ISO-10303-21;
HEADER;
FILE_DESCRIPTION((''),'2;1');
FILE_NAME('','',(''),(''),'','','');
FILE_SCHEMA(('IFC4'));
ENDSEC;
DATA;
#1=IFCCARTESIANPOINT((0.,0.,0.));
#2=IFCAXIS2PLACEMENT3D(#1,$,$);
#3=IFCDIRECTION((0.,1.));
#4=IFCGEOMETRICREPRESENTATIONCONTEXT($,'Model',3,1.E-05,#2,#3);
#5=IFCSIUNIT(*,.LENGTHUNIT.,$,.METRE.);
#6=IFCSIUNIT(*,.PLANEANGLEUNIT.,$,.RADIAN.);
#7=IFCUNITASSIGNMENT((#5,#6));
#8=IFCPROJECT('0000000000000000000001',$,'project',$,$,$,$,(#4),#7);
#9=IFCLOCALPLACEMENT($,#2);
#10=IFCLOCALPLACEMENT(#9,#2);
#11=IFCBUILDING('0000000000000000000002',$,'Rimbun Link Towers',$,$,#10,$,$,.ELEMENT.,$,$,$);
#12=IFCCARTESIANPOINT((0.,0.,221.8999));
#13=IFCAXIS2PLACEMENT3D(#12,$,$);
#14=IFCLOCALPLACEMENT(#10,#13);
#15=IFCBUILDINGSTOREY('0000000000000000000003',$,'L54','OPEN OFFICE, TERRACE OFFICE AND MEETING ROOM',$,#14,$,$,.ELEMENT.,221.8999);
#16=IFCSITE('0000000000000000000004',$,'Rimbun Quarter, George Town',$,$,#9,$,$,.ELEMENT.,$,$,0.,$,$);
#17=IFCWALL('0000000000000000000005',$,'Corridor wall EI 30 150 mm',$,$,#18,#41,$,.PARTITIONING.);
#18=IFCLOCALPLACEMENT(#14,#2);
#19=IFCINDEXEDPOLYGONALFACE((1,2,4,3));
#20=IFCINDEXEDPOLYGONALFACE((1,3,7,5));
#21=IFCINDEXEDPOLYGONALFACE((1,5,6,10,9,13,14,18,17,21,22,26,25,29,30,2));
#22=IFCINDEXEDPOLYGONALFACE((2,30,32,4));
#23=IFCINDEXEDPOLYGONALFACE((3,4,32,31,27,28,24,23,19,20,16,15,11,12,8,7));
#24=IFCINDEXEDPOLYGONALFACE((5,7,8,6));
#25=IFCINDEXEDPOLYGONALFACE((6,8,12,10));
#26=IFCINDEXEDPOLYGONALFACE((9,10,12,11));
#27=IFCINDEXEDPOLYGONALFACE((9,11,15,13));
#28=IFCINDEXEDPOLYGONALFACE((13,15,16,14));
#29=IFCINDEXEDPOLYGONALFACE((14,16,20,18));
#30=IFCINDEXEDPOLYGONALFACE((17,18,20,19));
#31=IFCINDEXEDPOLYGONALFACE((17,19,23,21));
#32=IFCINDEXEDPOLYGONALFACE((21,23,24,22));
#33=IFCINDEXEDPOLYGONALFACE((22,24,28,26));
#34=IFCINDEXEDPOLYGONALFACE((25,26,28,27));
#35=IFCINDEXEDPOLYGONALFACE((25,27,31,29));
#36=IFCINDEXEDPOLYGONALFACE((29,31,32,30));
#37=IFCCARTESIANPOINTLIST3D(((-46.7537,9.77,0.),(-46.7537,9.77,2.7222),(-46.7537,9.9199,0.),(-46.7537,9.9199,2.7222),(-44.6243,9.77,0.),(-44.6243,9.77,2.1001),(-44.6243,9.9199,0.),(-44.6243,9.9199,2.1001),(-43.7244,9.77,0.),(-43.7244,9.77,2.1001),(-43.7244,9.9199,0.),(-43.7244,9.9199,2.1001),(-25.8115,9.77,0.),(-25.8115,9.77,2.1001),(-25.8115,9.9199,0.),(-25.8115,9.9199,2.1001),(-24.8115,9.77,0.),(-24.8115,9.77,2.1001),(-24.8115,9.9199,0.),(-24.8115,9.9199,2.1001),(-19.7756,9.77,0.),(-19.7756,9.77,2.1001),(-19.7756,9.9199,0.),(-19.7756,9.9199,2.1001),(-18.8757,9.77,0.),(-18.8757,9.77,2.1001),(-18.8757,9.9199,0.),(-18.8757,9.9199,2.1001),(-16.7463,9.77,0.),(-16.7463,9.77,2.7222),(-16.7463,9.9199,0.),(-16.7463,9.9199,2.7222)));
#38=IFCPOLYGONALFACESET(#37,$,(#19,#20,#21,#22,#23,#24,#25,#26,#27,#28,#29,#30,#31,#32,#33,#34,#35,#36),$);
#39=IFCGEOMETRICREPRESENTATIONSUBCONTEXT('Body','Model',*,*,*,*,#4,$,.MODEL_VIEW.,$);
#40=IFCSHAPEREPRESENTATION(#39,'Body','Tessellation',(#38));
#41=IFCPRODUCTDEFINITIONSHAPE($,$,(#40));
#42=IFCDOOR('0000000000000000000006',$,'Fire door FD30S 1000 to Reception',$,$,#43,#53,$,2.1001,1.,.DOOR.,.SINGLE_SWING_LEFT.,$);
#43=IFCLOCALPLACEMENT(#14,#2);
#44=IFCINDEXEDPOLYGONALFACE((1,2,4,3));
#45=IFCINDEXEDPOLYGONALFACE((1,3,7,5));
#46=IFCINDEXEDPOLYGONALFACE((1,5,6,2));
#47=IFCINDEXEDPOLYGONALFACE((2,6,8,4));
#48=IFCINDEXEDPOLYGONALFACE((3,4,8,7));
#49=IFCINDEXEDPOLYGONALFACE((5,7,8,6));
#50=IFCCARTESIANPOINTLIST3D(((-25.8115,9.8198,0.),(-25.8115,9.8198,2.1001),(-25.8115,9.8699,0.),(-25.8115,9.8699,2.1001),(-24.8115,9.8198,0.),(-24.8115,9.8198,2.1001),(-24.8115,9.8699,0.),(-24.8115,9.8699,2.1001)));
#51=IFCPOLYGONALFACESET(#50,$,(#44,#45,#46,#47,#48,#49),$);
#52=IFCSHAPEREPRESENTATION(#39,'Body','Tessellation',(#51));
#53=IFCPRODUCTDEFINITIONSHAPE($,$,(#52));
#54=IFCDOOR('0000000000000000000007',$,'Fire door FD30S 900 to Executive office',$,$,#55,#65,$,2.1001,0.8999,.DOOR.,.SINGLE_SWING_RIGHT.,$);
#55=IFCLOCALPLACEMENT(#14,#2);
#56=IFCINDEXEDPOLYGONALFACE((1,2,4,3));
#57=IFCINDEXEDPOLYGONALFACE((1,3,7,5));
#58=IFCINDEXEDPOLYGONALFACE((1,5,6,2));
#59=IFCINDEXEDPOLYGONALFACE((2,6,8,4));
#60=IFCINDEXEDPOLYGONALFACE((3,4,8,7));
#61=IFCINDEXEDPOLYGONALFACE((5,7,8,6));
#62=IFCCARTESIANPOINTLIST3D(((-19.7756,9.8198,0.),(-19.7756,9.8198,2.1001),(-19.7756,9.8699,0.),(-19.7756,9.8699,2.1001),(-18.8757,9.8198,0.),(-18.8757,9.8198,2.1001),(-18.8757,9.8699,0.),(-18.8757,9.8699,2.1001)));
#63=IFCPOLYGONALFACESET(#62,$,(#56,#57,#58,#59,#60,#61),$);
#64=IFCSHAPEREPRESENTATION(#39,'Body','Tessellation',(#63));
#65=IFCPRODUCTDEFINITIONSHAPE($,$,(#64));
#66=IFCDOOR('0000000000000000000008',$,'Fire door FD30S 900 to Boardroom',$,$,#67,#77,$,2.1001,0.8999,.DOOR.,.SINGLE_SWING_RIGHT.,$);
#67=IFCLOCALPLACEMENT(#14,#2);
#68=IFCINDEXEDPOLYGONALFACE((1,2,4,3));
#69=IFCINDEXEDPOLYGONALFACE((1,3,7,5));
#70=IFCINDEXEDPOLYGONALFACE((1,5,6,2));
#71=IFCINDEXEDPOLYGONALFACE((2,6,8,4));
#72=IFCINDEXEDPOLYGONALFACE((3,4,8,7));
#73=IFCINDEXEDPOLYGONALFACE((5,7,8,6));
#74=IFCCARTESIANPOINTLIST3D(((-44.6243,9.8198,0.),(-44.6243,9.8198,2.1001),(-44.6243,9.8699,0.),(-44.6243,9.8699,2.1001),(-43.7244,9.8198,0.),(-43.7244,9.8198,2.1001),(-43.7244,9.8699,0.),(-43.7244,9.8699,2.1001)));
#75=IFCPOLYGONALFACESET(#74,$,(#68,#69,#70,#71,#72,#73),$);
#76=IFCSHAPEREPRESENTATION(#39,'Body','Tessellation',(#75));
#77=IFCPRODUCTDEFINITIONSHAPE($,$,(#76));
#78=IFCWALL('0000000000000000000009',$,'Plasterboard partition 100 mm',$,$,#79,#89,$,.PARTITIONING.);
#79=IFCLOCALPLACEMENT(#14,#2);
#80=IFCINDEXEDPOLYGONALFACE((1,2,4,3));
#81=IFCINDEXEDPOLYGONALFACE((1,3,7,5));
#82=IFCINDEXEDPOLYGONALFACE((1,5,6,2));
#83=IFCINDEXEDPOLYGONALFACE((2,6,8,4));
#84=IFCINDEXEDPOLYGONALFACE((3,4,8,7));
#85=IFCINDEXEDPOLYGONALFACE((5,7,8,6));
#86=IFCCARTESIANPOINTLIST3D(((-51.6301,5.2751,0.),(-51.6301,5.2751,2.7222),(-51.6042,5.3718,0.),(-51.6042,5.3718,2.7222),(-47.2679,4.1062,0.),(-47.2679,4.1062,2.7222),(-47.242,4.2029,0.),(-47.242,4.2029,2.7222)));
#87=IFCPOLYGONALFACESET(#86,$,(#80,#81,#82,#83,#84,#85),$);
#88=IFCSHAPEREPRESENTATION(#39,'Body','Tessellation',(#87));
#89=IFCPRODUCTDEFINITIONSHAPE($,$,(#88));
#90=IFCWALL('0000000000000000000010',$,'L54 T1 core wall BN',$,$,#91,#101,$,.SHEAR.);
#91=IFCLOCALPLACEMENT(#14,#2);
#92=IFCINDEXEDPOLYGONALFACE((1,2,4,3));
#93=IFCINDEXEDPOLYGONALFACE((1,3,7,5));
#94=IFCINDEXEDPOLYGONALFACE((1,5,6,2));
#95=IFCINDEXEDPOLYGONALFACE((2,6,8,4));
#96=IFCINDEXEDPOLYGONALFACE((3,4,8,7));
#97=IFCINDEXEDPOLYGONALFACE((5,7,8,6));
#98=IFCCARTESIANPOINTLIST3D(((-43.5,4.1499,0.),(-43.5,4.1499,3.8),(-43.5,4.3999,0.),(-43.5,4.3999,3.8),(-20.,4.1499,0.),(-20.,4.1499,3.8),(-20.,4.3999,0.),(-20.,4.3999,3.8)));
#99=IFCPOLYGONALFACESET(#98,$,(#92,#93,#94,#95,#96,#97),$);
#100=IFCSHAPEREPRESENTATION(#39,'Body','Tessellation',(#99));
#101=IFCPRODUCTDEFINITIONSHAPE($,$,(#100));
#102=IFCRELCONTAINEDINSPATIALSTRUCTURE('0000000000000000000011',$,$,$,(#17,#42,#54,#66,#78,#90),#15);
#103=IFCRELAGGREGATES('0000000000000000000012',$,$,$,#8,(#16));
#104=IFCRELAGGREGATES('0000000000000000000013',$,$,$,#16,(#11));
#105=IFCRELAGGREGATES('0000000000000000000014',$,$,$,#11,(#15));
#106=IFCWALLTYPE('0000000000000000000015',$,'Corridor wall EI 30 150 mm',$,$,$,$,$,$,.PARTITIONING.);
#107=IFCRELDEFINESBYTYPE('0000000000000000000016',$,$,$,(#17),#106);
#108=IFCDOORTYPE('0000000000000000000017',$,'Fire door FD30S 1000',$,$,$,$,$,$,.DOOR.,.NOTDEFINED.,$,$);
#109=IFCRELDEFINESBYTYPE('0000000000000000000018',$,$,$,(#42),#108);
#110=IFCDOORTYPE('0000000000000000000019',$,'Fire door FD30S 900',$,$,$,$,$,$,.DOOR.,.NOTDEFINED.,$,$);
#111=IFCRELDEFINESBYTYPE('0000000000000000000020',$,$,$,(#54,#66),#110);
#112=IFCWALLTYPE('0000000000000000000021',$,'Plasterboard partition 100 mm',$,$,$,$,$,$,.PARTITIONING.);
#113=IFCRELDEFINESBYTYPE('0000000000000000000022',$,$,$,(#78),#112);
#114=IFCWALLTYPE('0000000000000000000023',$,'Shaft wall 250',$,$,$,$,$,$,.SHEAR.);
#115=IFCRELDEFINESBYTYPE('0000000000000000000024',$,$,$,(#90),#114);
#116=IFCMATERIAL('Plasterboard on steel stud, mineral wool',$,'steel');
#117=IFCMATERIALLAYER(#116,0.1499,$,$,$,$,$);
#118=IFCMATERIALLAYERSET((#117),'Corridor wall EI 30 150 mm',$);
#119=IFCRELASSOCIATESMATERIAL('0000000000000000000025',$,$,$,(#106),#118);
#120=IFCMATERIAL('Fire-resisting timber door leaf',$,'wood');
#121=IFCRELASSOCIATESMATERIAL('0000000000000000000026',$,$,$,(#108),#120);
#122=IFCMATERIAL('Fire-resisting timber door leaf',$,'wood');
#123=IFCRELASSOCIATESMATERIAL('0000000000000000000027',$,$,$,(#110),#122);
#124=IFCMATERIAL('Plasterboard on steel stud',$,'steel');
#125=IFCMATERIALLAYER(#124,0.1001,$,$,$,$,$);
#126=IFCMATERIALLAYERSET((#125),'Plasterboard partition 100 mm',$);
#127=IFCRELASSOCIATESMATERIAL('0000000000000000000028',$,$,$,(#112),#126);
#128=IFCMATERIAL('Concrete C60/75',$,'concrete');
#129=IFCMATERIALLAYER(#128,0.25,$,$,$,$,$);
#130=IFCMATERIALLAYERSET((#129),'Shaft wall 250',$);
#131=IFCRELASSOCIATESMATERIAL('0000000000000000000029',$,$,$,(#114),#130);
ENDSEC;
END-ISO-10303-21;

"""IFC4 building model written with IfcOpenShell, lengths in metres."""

from ifc_helpers import new_model, si_unit, direction, frame, frame_2d, origin, place, context, subcontext, project, spatial, rectangle, extrude, material, layer, layer_set, type_object, element, fill, save


model = new_model("IFC4")

# Units and contexts
model_context = context("Model", 3, precision=1e-05, world=origin(), true_north=direction((0.0, 1.0)))
body_context = subcontext(model_context, "Body", "Model", "MODEL_VIEW")
ifc_project = project(units=[si_unit("LENGTHUNIT", "METRE"), si_unit("PLANEANGLEUNIT", "RADIAN")], contexts=[model_context])

# Site, building, storey
site_placement = place(None, origin())
site = spatial("IfcSite", under=ifc_project, at=site_placement, Name="Rimbun Quarter, George Town", CompositionType="ELEMENT", RefElevation=0.0)
building_placement = place(site_placement, origin())
building = spatial("IfcBuilding", under=site, at=building_placement, Name="Rimbun Link Towers", CompositionType="ELEMENT")
storey_placement = place(building_placement, frame((0.0, 0.0, 221.8999)))
storey = spatial("IfcBuildingStorey", under=building, at=storey_placement, Name="L54", Description="OPEN OFFICE, TERRACE OFFICE AND MEETING ROOM", CompositionType="ELEMENT", Elevation=221.8999)

# Wall, openings, doors
ifc_material_1 = material(Name="Plasterboard on steel stud, mineral wool", Category="steel")
ifc_layer_1 = layer(ifc_material_1, 0.1499)
ifc_layer_set_1 = layer_set([ifc_layer_1], Name="Corridor wall EI 30 150 mm")
wall_type_1 = type_object("IfcWallType", Name="Corridor wall EI 30 150 mm", PredefinedType="PARTITIONING", material=ifc_layer_set_1)
wall_1_placement = place(storey_placement, frame((-46.7537, 9.845, 0.0), z_axis=(0.0, 0.0, 1.0), x_axis=(1.0, 0.0, 0.0)))
wall_1 = element("IfcWall", 1, at=wall_1_placement, inside=storey, type_object=wall_type_1, Name="Corridor wall EI 30 150 mm", PredefinedType="PARTITIONING", context=body_context, shape_type="SweptSolid", body=[
    extrude(rectangle(XDim=30.0073, YDim=0.1499, at=frame_2d((15.0037, 0.0))), origin(), (0.0, 0.0, 1.0), 2.7222),
])
opening_1_placement = place(wall_1_placement, frame((26.978, 0.0, 0.0)))
opening_1 = element("IfcOpeningElement", 2, at=opening_1_placement, cuts=wall_1, PredefinedType="OPENING", context=body_context, shape_type="SweptSolid", body=[
    extrude(rectangle(XDim=0.8999, YDim=2.1001, at=frame_2d((0.45, 1.05))), frame((0.0, 0.085, 0.0), z_axis=(0.0, -1.0, 0.0), x_axis=(1.0, 0.0, 0.0)), (0.0, 0.0, 1.0), 0.1699),
])
opening_2_placement = place(wall_1_placement, frame((20.9421, 0.0, 0.0)))
opening_2 = element("IfcOpeningElement", 3, at=opening_2_placement, cuts=wall_1, PredefinedType="OPENING", context=body_context, shape_type="SweptSolid", body=[
    extrude(rectangle(XDim=1.0, YDim=2.1001, at=frame_2d((0.5, 1.05))), frame((0.0, 0.085, 0.0), z_axis=(0.0, -1.0, 0.0), x_axis=(1.0, 0.0, 0.0)), (0.0, 0.0, 1.0), 0.1699),
])
opening_3_placement = place(wall_1_placement, frame((2.1294, 0.0, 0.0)))
opening_3 = element("IfcOpeningElement", 4, at=opening_3_placement, cuts=wall_1, PredefinedType="OPENING", context=body_context, shape_type="SweptSolid", body=[
    extrude(rectangle(XDim=0.8999, YDim=2.1001, at=frame_2d((0.45, 1.05))), frame((0.0, 0.085, 0.0), z_axis=(0.0, -1.0, 0.0), x_axis=(1.0, 0.0, 0.0)), (0.0, 0.0, 1.0), 0.1699),
])
ifc_material_2 = material(Name="Fire-resisting timber door leaf", Category="wood")
door_type_1 = type_object("IfcDoorType", Name="Fire door FD30S 1000", OperationType="NOTDEFINED", PredefinedType="DOOR", material=ifc_material_2)
door_1_placement = place(opening_2_placement, origin())
door_1 = element("IfcDoor", 5, at=door_1_placement, inside=storey, type_object=door_type_1, Name="Fire door FD30S 1000 to Reception", OperationType="SINGLE_SWING_LEFT", OverallHeight=2.1001, OverallWidth=1.0, PredefinedType="DOOR", context=body_context, shape_type="SweptSolid", body=[
    extrude(rectangle(XDim=1.0, YDim=2.1001, at=frame_2d((0.5, 1.05))), frame((0.0, 0.0249, 0.0), z_axis=(0.0, -1.0, 0.0), x_axis=(1.0, 0.0, 0.0)), (0.0, 0.0, 1.0), 0.05),
])
fill(opening_2, door_1)
ifc_material_3 = material(Name="Fire-resisting timber door leaf", Category="wood")
door_type_2 = type_object("IfcDoorType", Name="Fire door FD30S 900", OperationType="NOTDEFINED", PredefinedType="DOOR", material=ifc_material_3)
door_2_placement = place(opening_1_placement, origin())
door_2 = element("IfcDoor", 6, at=door_2_placement, inside=storey, type_object=door_type_2, Name="Fire door FD30S 900 to Executive office", OperationType="SINGLE_SWING_RIGHT", OverallHeight=2.1001, OverallWidth=0.8999, PredefinedType="DOOR", context=body_context, shape_type="SweptSolid", body=[
    extrude(rectangle(XDim=0.8999, YDim=2.1001, at=frame_2d((0.45, 1.05))), frame((0.0, 0.0249, 0.0), z_axis=(0.0, -1.0, 0.0), x_axis=(1.0, 0.0, 0.0)), (0.0, 0.0, 1.0), 0.05),
])
fill(opening_1, door_2)
door_3_placement = place(opening_3_placement, origin())
door_3 = element("IfcDoor", 7, at=door_3_placement, inside=storey, type_object=door_type_2, Name="Fire door FD30S 900 to Boardroom", OperationType="SINGLE_SWING_RIGHT", OverallHeight=2.1001, OverallWidth=0.8999, PredefinedType="DOOR", context=body_context, shape_type="SweptSolid", body=[
    extrude(rectangle(XDim=0.8999, YDim=2.1001, at=frame_2d((0.45, 1.05))), frame((0.0, 0.0249, 0.0), z_axis=(0.0, -1.0, 0.0), x_axis=(1.0, 0.0, 0.0)), (0.0, 0.0, 1.0), 0.05),
])
fill(opening_3, door_3)

# Walls
ifc_material_4 = material(Name="Plasterboard on steel stud", Category="steel")
ifc_layer_2 = layer(ifc_material_4, 0.1001)
ifc_layer_set_2 = layer_set([ifc_layer_2], Name="Plasterboard partition 100 mm")
wall_type_2 = type_object("IfcWallType", Name="Plasterboard partition 100 mm", PredefinedType="PARTITIONING", material=ifc_layer_set_2)
wall_2_placement = place(storey_placement, frame((-51.6172, 5.3235, 0.0), z_axis=(0.0, 0.0, 1.0), x_axis=(0.965922, -0.258833, 0.0)))
element("IfcWall", 8, at=wall_2_placement, inside=storey, type_object=wall_type_2, Name="Plasterboard partition 100 mm", PredefinedType="PARTITIONING", context=body_context, shape_type="SweptSolid", body=[
    extrude(rectangle(XDim=4.5161, YDim=0.1001, at=frame_2d((2.2581, 0.0))), origin(), (0.0, 0.0, 1.0), 2.7222),
])
ifc_material_5 = material(Name="Concrete C60/75", Category="concrete")
ifc_layer_3 = layer(ifc_material_5, 0.25)
ifc_layer_set_3 = layer_set([ifc_layer_3], Name="Shaft wall 250")
wall_type_3 = type_object("IfcWallType", Name="Shaft wall 250", PredefinedType="SHEAR", material=ifc_layer_set_3)
wall_3_placement = place(storey_placement, frame((-43.5, 4.2749, 0.0), z_axis=(0.0, 0.0, 1.0), x_axis=(1.0, 0.0, 0.0)))
element("IfcWall", 9, at=wall_3_placement, inside=storey, type_object=wall_type_3, Name="L54 T1 core wall BN", PredefinedType="SHEAR", context=body_context, shape_type="SweptSolid", body=[
    extrude(rectangle(XDim=23.5, YDim=0.25, at=frame_2d((11.75, 0.0))), origin(), (0.0, 0.0, 1.0), 3.8),
])

save(model, "model.ifc")
